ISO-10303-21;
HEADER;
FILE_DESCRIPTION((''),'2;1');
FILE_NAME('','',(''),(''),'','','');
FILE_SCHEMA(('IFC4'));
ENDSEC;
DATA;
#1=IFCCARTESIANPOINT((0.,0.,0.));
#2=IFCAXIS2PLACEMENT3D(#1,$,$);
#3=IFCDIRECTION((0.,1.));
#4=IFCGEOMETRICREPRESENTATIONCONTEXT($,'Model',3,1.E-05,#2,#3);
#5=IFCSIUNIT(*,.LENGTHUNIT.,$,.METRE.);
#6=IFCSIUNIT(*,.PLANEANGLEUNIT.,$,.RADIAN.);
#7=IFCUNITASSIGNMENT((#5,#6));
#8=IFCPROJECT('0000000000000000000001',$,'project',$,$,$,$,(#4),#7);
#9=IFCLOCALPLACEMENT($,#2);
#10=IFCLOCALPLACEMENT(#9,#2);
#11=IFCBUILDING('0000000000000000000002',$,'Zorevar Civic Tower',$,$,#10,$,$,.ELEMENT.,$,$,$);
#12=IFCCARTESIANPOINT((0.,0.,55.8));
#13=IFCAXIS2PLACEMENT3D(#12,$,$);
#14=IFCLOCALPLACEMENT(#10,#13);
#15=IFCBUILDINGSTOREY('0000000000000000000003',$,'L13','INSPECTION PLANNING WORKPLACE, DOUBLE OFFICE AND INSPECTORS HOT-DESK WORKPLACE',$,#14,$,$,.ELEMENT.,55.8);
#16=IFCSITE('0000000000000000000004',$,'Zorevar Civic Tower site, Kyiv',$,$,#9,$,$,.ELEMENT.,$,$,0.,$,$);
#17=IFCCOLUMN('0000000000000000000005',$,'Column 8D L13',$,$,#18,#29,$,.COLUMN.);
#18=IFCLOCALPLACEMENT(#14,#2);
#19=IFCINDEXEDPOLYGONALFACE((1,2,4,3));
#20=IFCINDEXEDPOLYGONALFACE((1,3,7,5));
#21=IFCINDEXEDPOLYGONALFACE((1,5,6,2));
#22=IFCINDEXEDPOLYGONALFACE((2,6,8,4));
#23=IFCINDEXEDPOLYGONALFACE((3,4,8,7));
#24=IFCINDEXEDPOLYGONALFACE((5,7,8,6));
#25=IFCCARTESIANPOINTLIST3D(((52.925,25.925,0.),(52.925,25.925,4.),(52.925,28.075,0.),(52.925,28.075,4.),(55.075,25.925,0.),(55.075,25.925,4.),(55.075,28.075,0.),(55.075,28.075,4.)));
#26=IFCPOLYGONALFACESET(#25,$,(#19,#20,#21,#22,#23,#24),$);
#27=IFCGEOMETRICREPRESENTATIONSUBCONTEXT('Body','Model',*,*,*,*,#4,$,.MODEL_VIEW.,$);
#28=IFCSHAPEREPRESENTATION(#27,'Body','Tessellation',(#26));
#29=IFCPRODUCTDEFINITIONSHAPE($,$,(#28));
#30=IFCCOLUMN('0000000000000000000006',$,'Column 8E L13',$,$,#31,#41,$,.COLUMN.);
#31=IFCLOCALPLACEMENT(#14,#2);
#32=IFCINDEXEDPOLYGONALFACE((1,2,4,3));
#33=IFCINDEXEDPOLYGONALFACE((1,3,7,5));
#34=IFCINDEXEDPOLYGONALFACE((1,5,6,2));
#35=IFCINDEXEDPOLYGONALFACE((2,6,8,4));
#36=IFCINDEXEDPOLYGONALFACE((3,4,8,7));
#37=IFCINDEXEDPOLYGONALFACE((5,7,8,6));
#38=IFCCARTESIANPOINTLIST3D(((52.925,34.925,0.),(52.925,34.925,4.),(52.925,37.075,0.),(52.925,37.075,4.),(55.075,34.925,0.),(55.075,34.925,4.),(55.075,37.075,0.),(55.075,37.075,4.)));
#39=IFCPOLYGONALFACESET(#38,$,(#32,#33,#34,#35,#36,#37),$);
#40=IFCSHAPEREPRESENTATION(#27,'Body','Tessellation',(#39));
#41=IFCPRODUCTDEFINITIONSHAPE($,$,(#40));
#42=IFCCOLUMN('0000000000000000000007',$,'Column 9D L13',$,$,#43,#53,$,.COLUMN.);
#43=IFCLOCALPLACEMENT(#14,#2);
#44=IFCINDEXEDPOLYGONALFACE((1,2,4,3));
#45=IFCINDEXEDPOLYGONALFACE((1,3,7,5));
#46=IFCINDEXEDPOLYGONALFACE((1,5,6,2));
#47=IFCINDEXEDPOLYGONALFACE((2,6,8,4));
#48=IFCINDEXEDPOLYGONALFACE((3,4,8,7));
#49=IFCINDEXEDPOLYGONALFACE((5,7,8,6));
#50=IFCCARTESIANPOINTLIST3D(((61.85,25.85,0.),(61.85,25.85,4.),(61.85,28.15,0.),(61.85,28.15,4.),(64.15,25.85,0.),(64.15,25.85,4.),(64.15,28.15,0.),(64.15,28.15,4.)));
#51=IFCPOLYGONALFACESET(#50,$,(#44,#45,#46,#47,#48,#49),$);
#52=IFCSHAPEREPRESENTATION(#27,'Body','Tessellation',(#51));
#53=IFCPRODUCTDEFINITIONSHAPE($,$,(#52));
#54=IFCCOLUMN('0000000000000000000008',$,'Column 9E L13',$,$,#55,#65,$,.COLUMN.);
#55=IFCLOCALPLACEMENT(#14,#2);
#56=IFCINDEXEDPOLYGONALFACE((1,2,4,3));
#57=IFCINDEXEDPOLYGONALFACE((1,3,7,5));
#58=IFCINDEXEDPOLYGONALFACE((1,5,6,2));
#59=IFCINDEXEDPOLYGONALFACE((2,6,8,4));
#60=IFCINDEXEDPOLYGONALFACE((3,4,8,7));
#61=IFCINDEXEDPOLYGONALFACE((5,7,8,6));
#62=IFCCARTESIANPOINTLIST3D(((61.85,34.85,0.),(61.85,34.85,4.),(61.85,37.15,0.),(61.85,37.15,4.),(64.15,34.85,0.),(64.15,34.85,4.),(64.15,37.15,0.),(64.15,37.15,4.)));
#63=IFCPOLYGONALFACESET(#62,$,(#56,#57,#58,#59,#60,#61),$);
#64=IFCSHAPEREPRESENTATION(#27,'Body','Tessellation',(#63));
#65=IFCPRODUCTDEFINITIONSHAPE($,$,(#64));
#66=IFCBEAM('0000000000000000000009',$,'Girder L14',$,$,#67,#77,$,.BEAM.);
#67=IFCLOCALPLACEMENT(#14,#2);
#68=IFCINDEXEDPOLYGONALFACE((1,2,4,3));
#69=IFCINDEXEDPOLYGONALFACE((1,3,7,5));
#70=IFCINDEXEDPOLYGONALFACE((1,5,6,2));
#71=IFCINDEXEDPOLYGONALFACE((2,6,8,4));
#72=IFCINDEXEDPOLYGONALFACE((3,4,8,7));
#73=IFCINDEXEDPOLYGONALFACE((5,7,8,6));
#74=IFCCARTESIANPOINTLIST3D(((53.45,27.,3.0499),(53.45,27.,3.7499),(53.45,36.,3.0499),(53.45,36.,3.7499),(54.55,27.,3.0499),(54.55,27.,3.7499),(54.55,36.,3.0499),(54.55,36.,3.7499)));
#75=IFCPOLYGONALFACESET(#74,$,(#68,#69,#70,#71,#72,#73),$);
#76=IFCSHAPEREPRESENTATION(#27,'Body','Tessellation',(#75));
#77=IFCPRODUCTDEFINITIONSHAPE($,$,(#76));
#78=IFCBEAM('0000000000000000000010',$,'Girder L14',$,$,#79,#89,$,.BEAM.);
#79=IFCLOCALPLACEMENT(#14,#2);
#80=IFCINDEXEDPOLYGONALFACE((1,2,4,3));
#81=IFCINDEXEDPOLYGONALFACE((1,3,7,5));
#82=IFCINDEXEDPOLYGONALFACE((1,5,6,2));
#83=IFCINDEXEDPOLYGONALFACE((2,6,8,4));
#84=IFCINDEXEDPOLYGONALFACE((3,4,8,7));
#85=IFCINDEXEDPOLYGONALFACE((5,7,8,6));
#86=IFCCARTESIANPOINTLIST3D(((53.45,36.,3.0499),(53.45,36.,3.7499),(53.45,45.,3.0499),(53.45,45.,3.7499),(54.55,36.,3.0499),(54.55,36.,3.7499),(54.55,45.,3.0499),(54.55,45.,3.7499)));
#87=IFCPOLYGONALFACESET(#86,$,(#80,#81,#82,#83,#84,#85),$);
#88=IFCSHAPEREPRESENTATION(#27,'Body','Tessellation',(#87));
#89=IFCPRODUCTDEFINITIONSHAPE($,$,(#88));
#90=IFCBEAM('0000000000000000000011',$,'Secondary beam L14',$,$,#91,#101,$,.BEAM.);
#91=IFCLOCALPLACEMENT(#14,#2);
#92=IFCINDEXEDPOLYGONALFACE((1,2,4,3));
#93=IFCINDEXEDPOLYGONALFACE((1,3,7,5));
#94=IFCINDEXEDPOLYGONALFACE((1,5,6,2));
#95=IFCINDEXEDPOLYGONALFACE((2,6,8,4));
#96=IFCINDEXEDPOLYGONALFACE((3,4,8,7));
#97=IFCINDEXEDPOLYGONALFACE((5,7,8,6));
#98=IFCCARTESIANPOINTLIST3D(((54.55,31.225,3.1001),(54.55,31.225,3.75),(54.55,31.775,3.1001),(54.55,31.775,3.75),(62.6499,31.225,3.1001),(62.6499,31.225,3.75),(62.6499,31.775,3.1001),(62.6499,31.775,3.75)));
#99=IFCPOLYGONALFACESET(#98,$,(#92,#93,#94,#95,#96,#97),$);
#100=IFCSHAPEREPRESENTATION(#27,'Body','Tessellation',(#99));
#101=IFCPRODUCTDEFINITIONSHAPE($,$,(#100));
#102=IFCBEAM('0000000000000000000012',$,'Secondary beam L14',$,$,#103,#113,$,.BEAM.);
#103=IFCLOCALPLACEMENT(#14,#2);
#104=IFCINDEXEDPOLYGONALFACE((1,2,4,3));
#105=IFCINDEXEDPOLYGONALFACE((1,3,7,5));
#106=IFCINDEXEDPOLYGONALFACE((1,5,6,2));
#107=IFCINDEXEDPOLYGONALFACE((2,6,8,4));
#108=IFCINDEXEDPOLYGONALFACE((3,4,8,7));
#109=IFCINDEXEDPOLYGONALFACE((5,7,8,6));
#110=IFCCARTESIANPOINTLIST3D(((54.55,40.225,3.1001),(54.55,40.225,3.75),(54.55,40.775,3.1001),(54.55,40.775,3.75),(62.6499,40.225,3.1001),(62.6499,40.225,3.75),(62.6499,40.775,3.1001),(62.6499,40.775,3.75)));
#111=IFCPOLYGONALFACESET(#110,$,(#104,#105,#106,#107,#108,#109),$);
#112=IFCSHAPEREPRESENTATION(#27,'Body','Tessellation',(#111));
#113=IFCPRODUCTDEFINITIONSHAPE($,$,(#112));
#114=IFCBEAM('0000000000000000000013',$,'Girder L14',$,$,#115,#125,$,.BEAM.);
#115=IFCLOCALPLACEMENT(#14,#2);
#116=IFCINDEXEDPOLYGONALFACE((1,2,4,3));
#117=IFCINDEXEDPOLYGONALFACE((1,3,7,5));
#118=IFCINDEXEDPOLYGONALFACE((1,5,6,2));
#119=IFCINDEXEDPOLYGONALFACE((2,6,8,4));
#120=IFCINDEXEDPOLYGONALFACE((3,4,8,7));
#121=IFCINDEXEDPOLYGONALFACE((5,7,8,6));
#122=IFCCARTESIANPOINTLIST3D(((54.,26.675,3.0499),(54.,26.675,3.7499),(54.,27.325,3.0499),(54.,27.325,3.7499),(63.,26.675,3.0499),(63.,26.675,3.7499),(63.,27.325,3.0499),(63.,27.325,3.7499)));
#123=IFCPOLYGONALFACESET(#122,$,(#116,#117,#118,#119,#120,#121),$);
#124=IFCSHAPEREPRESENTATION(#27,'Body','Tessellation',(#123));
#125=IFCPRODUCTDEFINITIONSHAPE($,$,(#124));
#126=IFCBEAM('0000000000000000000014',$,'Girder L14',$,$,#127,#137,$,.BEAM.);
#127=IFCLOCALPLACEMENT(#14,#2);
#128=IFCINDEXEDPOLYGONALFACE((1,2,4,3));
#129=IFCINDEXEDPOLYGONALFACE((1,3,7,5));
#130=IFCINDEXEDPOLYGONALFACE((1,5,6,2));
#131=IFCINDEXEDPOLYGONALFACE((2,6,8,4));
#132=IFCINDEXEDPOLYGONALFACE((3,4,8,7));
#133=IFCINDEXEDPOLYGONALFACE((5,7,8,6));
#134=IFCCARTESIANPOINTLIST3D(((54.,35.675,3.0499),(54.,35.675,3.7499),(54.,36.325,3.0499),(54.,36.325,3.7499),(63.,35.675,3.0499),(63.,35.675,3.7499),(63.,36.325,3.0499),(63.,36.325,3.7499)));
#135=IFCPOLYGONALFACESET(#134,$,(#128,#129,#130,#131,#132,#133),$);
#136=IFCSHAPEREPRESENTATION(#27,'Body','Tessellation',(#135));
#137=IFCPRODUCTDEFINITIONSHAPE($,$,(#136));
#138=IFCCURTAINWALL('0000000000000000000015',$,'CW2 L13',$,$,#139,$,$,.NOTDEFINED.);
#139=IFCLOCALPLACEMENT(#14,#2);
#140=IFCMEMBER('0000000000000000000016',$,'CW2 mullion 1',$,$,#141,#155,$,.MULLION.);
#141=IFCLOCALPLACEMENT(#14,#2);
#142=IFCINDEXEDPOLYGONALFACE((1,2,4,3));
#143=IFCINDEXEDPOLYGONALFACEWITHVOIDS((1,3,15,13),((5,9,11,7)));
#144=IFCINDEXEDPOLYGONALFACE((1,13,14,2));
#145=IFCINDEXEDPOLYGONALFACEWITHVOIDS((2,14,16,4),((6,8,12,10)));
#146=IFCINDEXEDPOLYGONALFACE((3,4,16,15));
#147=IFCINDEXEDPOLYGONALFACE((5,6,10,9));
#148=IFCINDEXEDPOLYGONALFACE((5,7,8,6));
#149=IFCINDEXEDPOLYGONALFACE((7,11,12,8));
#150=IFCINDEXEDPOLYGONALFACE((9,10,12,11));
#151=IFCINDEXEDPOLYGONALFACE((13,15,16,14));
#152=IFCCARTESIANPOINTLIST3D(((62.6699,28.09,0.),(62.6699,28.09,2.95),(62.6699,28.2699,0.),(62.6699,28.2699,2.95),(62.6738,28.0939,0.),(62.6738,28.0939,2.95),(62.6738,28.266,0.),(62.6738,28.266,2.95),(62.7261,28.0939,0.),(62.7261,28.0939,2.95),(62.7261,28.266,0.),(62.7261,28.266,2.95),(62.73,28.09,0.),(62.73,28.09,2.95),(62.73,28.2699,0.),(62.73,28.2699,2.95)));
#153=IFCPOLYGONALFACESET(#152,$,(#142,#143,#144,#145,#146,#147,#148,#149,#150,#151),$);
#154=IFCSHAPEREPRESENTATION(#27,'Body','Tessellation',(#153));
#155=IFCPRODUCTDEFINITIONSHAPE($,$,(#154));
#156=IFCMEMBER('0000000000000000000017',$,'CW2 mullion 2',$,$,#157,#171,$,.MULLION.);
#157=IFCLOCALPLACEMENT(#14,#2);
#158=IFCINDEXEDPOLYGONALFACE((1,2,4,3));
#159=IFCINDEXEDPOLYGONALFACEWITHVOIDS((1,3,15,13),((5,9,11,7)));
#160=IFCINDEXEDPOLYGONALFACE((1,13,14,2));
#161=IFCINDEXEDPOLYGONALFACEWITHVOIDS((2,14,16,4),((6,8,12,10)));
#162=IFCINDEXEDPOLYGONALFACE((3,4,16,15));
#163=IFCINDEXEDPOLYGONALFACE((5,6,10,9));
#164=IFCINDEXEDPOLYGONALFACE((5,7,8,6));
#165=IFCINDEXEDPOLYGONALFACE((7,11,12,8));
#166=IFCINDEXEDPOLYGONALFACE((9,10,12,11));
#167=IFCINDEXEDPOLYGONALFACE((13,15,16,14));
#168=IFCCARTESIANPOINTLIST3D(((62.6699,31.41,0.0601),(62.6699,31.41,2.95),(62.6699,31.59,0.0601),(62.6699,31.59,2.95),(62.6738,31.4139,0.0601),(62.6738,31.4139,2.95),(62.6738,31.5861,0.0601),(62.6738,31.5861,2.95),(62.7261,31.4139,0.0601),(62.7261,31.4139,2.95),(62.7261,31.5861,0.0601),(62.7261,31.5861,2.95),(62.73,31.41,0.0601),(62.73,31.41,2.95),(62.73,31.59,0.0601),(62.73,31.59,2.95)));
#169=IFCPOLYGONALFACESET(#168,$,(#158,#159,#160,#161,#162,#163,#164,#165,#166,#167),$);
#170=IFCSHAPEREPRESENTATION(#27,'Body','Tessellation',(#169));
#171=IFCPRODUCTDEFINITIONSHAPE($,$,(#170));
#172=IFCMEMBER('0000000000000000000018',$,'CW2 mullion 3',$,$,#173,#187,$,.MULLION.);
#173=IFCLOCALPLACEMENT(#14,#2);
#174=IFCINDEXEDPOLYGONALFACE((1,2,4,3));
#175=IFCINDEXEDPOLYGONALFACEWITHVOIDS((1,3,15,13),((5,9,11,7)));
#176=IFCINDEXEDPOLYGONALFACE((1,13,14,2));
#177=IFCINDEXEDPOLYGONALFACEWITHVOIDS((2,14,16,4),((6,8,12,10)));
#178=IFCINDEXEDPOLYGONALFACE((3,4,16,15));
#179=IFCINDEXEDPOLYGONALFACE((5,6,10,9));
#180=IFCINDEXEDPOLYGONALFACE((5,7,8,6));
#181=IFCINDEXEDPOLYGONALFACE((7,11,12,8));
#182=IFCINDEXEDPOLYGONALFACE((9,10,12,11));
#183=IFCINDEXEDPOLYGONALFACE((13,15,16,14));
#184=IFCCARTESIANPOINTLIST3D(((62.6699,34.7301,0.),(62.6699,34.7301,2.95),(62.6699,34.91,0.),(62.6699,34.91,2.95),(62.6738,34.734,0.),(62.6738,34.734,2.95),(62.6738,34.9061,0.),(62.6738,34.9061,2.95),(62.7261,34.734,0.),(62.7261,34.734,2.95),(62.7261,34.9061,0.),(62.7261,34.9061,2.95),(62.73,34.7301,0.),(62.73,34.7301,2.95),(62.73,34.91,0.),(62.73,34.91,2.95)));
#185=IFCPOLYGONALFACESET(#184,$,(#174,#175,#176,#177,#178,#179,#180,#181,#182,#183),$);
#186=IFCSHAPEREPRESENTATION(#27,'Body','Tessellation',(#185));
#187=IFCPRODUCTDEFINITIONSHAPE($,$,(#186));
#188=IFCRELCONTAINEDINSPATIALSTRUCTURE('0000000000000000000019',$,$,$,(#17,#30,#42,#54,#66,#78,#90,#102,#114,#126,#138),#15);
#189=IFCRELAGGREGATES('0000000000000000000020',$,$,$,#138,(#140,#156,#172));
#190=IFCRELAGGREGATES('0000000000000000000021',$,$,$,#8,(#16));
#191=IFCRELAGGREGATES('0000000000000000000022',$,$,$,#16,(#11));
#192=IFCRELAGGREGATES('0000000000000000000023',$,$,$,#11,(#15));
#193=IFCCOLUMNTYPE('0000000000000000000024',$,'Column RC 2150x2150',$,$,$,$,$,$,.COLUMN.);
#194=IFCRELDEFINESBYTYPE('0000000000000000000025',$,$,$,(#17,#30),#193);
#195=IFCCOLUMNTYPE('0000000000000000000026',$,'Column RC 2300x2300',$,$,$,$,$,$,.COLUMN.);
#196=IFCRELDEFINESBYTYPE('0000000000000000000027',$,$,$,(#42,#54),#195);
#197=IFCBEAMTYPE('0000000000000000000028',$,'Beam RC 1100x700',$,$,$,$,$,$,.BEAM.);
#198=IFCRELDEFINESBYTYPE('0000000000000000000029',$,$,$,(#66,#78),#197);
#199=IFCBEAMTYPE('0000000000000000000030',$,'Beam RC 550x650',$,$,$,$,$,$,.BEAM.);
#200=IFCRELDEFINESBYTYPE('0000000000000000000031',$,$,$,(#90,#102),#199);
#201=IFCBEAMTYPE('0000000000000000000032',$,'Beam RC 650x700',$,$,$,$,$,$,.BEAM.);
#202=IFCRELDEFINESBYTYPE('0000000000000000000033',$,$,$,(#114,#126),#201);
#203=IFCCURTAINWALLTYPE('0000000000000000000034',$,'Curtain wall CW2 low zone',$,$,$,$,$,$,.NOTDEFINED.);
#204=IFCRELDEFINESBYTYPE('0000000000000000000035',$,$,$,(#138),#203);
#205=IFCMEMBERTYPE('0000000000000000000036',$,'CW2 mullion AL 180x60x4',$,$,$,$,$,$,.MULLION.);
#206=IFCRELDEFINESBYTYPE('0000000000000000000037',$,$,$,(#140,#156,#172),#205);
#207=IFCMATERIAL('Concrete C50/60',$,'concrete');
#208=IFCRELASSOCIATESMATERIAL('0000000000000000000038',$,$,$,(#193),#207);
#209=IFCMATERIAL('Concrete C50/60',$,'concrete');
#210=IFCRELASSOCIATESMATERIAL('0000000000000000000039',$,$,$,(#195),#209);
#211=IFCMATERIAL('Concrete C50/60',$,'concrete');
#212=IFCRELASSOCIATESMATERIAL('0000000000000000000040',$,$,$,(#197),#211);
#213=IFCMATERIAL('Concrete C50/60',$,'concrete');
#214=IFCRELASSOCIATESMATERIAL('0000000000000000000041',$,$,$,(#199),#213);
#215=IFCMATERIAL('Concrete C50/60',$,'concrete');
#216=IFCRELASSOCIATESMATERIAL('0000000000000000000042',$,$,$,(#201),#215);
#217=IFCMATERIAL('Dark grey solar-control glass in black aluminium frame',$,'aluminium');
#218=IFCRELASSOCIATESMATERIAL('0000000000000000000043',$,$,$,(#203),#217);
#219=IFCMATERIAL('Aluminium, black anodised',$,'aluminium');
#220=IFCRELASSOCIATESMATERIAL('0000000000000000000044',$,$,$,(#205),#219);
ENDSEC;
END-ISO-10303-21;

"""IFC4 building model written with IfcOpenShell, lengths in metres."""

from ifc_helpers import new_model, si_unit, direction, frame, origin, origin_2d, place, context, subcontext, project, spatial, rectangle, hollow_rectangle, extrude, material, material_profile, profile_set, type_object, element, aggregate, save


model = new_model("IFC4")

# Units and contexts
model_context = context("Model", 3, precision=1e-05, world=origin(), true_north=direction((0.0, 1.0)))
body_context = subcontext(model_context, "Body", "Model", "MODEL_VIEW")
ifc_project = project(units=[si_unit("LENGTHUNIT", "METRE"), si_unit("PLANEANGLEUNIT", "RADIAN")], contexts=[model_context])

# Site, building, storey
site_placement = place(None, origin())
site = spatial("IfcSite", under=ifc_project, at=site_placement, Name="Zorevar Civic Tower site, Kyiv", CompositionType="ELEMENT", RefElevation=0.0)
building_placement = place(site_placement, origin())
building = spatial("IfcBuilding", under=site, at=building_placement, Name="Zorevar Civic Tower", CompositionType="ELEMENT")
storey_placement = place(building_placement, frame((0.0, 0.0, 55.8)))
storey = spatial("IfcBuildingStorey", under=building, at=storey_placement, Name="L13", Description="INSPECTION PLANNING WORKPLACE, DOUBLE OFFICE AND INSPECTORS HOT-DESK WORKPLACE", CompositionType="ELEMENT", Elevation=55.8)

# Columns
ifc_material_1 = material(Name="Concrete C50/60", Category="concrete")
ifc_material_profile_1 = material_profile(ifc_material_1, rectangle(XDim=2.1499, YDim=2.1499, at=origin_2d()), Name="RC 2150x2150")
ifc_profile_set_1 = profile_set([ifc_material_profile_1], Name="Concrete C50/60")
column_type_1 = type_object("IfcColumnType", Name="Column RC 2150x2150", PredefinedType="COLUMN", material=ifc_profile_set_1)
for number, where, z_axis, x_axis, name in (
    (1, (54.0, 27.0, 0.0), (0.0, 0.0, 1.0), (1.0, 0.0, 0.0), "Column 8D L13"),
    (2, (54.0, 36.0, 0.0), (0.0, 0.0, 1.0), (1.0, 0.0, 0.0), "Column 8E L13"),
):
    element("IfcColumn", number, at=place(storey_placement, frame(where, z_axis=z_axis, x_axis=x_axis)), inside=storey, type_object=column_type_1, Name=name, PredefinedType="COLUMN", context=body_context, shape_type="SweptSolid", body=[
        extrude(rectangle(XDim=2.1499, YDim=2.1499, at=origin_2d()), origin(), (0.0, 0.0, 1.0), 4.0),
    ])
ifc_material_2 = material(Name="Concrete C50/60", Category="concrete")
ifc_material_profile_2 = material_profile(ifc_material_2, rectangle(XDim=2.3, YDim=2.3, at=origin_2d()), Name="RC 2300x2300")
ifc_profile_set_2 = profile_set([ifc_material_profile_2], Name="Concrete C50/60")
column_type_2 = type_object("IfcColumnType", Name="Column RC 2300x2300", PredefinedType="COLUMN", material=ifc_profile_set_2)
for number, where, z_axis, x_axis, name in (
    (3, (63.0, 27.0, 0.0), (0.0, 0.0, 1.0), (1.0, 0.0, 0.0), "Column 9D L13"),
    (4, (63.0, 36.0, 0.0), (0.0, 0.0, 1.0), (1.0, 0.0, 0.0), "Column 9E L13"),
):
    element("IfcColumn", number, at=place(storey_placement, frame(where, z_axis=z_axis, x_axis=x_axis)), inside=storey, type_object=column_type_2, Name=name, PredefinedType="COLUMN", context=body_context, shape_type="SweptSolid", body=[
        extrude(rectangle(XDim=2.3, YDim=2.3, at=origin_2d()), origin(), (0.0, 0.0, 1.0), 4.0),
    ])

# Beams
ifc_material_3 = material(Name="Concrete C50/60", Category="concrete")
ifc_material_profile_3 = material_profile(ifc_material_3, rectangle(XDim=1.1001, YDim=0.7, at=origin_2d()), Name="RC 1100x700")
ifc_profile_set_3 = profile_set([ifc_material_profile_3], Name="Concrete C50/60")
beam_type_1 = type_object("IfcBeamType", Name="Beam RC 1100x700", PredefinedType="BEAM", material=ifc_profile_set_3)
for number, where, z_axis, x_axis, name in (
    (5, (54.0, 27.0, 3.3999), (0.0, 1.0, 0.0), (-1.0, 0.0, 0.0), "Girder L14"),
    (6, (54.0, 36.0, 3.3999), (0.0, 1.0, 0.0), (-1.0, 0.0, 0.0), "Girder L14"),
):
    element("IfcBeam", number, at=place(storey_placement, frame(where, z_axis=z_axis, x_axis=x_axis)), inside=storey, type_object=beam_type_1, Name=name, PredefinedType="BEAM", context=body_context, shape_type="SweptSolid", body=[
        extrude(rectangle(XDim=1.1001, YDim=0.7, at=origin_2d()), origin(), (0.0, 0.0, 1.0), 9.0),
    ])
ifc_material_4 = material(Name="Concrete C50/60", Category="concrete")
ifc_material_profile_4 = material_profile(ifc_material_4, rectangle(XDim=0.55, YDim=0.6499, at=origin_2d()), Name="RC 550x650")
ifc_profile_set_4 = profile_set([ifc_material_profile_4], Name="Concrete C50/60")
beam_type_2 = type_object("IfcBeamType", Name="Beam RC 550x650", PredefinedType="BEAM", material=ifc_profile_set_4)
for number, where, z_axis, x_axis, name in (
    (7, (54.55, 31.5, 3.425), (1.0, 0.0, 0.0), (0.0, 1.0, 0.0), "Secondary beam L14"),
    (8, (54.55, 40.5, 3.425), (1.0, 0.0, 0.0), (0.0, 1.0, 0.0), "Secondary beam L14"),
):
    element("IfcBeam", number, at=place(storey_placement, frame(where, z_axis=z_axis, x_axis=x_axis)), inside=storey, type_object=beam_type_2, Name=name, PredefinedType="BEAM", context=body_context, shape_type="SweptSolid", body=[
        extrude(rectangle(XDim=0.55, YDim=0.6499, at=origin_2d()), origin(), (0.0, 0.0, 1.0), 8.0999),
    ])
ifc_material_5 = material(Name="Concrete C50/60", Category="concrete")
ifc_material_profile_5 = material_profile(ifc_material_5, rectangle(XDim=0.6499, YDim=0.7, at=origin_2d()), Name="RC 650x700")
ifc_profile_set_5 = profile_set([ifc_material_profile_5], Name="Concrete C50/60")
beam_type_3 = type_object("IfcBeamType", Name="Beam RC 650x700", PredefinedType="BEAM", material=ifc_profile_set_5)
for number, where, z_axis, x_axis, name in (
    (9, (54.0, 27.0, 3.3999), (1.0, 0.0, 0.0), (0.0, 1.0, 0.0), "Girder L14"),
    (10, (54.0, 36.0, 3.3999), (1.0, 0.0, 0.0), (0.0, 1.0, 0.0), "Girder L14"),
):
    element("IfcBeam", number, at=place(storey_placement, frame(where, z_axis=z_axis, x_axis=x_axis)), inside=storey, type_object=beam_type_3, Name=name, PredefinedType="BEAM", context=body_context, shape_type="SweptSolid", body=[
        extrude(rectangle(XDim=0.6499, YDim=0.7, at=origin_2d()), origin(), (0.0, 0.0, 1.0), 9.0),
    ])

# Curtain wall, members
ifc_material_6 = material(Name="Dark grey solar-control glass in black aluminium frame", Category="aluminium")
curtain_wall_type = type_object("IfcCurtainWallType", Name="Curtain wall CW2 low zone", PredefinedType="NOTDEFINED", material=ifc_material_6)
curtain_wall_1_placement = place(storey_placement, origin())
curtain_wall_1 = element("IfcCurtainWall", 11, at=curtain_wall_1_placement, inside=storey, type_object=curtain_wall_type, Name="CW2 L13", PredefinedType="NOTDEFINED")
ifc_material_7 = material(Name="Aluminium, black anodised", Category="aluminium")
ifc_material_profile_6 = material_profile(ifc_material_7, hollow_rectangle(XDim=0.0601, YDim=0.1799, WallThickness=0.0039, at=origin_2d()), Name="AL 180x60x4")
ifc_profile_set_6 = profile_set([ifc_material_profile_6], Name="Aluminium, black anodised")
member_type_1 = type_object("IfcMemberType", Name="CW2 mullion AL 180x60x4", PredefinedType="MULLION", material=ifc_profile_set_6)
member_1_placement = place(storey_placement, frame((62.7, 28.1799, 0.0), z_axis=(0.0, 0.0, 1.0), x_axis=(-1.0, 0.0, 0.0)))
member_1 = element("IfcMember", 12, at=member_1_placement, type_object=member_type_1, Name="CW2 mullion 1", PredefinedType="MULLION", context=body_context, shape_type="SweptSolid", body=[
    extrude(hollow_rectangle(XDim=0.0601, YDim=0.1799, WallThickness=0.0039, at=origin_2d()), origin(), (0.0, 0.0, 1.0), 2.95),
])
member_2_placement = place(storey_placement, frame((62.7, 31.5, 0.0601), z_axis=(0.0, 0.0, 1.0), x_axis=(-1.0, 0.0, 0.0)))
member_2 = element("IfcMember", 13, at=member_2_placement, type_object=member_type_1, Name="CW2 mullion 2", PredefinedType="MULLION", context=body_context, shape_type="SweptSolid", body=[
    extrude(hollow_rectangle(XDim=0.0601, YDim=0.1799, WallThickness=0.0039, at=origin_2d()), origin(), (0.0, 0.0, 1.0), 2.8899),
])
member_3_placement = place(storey_placement, frame((62.7, 34.8201, 0.0), z_axis=(0.0, 0.0, 1.0), x_axis=(-1.0, 0.0, 0.0)))
member_3 = element("IfcMember", 14, at=member_3_placement, type_object=member_type_1, Name="CW2 mullion 3", PredefinedType="MULLION", context=body_context, shape_type="SweptSolid", body=[
    extrude(hollow_rectangle(XDim=0.0601, YDim=0.1799, WallThickness=0.0039, at=origin_2d()), origin(), (0.0, 0.0, 1.0), 2.95),
])

aggregate(curtain_wall_1, [member_1, member_2, member_3])

save(model, "model.ifc")
